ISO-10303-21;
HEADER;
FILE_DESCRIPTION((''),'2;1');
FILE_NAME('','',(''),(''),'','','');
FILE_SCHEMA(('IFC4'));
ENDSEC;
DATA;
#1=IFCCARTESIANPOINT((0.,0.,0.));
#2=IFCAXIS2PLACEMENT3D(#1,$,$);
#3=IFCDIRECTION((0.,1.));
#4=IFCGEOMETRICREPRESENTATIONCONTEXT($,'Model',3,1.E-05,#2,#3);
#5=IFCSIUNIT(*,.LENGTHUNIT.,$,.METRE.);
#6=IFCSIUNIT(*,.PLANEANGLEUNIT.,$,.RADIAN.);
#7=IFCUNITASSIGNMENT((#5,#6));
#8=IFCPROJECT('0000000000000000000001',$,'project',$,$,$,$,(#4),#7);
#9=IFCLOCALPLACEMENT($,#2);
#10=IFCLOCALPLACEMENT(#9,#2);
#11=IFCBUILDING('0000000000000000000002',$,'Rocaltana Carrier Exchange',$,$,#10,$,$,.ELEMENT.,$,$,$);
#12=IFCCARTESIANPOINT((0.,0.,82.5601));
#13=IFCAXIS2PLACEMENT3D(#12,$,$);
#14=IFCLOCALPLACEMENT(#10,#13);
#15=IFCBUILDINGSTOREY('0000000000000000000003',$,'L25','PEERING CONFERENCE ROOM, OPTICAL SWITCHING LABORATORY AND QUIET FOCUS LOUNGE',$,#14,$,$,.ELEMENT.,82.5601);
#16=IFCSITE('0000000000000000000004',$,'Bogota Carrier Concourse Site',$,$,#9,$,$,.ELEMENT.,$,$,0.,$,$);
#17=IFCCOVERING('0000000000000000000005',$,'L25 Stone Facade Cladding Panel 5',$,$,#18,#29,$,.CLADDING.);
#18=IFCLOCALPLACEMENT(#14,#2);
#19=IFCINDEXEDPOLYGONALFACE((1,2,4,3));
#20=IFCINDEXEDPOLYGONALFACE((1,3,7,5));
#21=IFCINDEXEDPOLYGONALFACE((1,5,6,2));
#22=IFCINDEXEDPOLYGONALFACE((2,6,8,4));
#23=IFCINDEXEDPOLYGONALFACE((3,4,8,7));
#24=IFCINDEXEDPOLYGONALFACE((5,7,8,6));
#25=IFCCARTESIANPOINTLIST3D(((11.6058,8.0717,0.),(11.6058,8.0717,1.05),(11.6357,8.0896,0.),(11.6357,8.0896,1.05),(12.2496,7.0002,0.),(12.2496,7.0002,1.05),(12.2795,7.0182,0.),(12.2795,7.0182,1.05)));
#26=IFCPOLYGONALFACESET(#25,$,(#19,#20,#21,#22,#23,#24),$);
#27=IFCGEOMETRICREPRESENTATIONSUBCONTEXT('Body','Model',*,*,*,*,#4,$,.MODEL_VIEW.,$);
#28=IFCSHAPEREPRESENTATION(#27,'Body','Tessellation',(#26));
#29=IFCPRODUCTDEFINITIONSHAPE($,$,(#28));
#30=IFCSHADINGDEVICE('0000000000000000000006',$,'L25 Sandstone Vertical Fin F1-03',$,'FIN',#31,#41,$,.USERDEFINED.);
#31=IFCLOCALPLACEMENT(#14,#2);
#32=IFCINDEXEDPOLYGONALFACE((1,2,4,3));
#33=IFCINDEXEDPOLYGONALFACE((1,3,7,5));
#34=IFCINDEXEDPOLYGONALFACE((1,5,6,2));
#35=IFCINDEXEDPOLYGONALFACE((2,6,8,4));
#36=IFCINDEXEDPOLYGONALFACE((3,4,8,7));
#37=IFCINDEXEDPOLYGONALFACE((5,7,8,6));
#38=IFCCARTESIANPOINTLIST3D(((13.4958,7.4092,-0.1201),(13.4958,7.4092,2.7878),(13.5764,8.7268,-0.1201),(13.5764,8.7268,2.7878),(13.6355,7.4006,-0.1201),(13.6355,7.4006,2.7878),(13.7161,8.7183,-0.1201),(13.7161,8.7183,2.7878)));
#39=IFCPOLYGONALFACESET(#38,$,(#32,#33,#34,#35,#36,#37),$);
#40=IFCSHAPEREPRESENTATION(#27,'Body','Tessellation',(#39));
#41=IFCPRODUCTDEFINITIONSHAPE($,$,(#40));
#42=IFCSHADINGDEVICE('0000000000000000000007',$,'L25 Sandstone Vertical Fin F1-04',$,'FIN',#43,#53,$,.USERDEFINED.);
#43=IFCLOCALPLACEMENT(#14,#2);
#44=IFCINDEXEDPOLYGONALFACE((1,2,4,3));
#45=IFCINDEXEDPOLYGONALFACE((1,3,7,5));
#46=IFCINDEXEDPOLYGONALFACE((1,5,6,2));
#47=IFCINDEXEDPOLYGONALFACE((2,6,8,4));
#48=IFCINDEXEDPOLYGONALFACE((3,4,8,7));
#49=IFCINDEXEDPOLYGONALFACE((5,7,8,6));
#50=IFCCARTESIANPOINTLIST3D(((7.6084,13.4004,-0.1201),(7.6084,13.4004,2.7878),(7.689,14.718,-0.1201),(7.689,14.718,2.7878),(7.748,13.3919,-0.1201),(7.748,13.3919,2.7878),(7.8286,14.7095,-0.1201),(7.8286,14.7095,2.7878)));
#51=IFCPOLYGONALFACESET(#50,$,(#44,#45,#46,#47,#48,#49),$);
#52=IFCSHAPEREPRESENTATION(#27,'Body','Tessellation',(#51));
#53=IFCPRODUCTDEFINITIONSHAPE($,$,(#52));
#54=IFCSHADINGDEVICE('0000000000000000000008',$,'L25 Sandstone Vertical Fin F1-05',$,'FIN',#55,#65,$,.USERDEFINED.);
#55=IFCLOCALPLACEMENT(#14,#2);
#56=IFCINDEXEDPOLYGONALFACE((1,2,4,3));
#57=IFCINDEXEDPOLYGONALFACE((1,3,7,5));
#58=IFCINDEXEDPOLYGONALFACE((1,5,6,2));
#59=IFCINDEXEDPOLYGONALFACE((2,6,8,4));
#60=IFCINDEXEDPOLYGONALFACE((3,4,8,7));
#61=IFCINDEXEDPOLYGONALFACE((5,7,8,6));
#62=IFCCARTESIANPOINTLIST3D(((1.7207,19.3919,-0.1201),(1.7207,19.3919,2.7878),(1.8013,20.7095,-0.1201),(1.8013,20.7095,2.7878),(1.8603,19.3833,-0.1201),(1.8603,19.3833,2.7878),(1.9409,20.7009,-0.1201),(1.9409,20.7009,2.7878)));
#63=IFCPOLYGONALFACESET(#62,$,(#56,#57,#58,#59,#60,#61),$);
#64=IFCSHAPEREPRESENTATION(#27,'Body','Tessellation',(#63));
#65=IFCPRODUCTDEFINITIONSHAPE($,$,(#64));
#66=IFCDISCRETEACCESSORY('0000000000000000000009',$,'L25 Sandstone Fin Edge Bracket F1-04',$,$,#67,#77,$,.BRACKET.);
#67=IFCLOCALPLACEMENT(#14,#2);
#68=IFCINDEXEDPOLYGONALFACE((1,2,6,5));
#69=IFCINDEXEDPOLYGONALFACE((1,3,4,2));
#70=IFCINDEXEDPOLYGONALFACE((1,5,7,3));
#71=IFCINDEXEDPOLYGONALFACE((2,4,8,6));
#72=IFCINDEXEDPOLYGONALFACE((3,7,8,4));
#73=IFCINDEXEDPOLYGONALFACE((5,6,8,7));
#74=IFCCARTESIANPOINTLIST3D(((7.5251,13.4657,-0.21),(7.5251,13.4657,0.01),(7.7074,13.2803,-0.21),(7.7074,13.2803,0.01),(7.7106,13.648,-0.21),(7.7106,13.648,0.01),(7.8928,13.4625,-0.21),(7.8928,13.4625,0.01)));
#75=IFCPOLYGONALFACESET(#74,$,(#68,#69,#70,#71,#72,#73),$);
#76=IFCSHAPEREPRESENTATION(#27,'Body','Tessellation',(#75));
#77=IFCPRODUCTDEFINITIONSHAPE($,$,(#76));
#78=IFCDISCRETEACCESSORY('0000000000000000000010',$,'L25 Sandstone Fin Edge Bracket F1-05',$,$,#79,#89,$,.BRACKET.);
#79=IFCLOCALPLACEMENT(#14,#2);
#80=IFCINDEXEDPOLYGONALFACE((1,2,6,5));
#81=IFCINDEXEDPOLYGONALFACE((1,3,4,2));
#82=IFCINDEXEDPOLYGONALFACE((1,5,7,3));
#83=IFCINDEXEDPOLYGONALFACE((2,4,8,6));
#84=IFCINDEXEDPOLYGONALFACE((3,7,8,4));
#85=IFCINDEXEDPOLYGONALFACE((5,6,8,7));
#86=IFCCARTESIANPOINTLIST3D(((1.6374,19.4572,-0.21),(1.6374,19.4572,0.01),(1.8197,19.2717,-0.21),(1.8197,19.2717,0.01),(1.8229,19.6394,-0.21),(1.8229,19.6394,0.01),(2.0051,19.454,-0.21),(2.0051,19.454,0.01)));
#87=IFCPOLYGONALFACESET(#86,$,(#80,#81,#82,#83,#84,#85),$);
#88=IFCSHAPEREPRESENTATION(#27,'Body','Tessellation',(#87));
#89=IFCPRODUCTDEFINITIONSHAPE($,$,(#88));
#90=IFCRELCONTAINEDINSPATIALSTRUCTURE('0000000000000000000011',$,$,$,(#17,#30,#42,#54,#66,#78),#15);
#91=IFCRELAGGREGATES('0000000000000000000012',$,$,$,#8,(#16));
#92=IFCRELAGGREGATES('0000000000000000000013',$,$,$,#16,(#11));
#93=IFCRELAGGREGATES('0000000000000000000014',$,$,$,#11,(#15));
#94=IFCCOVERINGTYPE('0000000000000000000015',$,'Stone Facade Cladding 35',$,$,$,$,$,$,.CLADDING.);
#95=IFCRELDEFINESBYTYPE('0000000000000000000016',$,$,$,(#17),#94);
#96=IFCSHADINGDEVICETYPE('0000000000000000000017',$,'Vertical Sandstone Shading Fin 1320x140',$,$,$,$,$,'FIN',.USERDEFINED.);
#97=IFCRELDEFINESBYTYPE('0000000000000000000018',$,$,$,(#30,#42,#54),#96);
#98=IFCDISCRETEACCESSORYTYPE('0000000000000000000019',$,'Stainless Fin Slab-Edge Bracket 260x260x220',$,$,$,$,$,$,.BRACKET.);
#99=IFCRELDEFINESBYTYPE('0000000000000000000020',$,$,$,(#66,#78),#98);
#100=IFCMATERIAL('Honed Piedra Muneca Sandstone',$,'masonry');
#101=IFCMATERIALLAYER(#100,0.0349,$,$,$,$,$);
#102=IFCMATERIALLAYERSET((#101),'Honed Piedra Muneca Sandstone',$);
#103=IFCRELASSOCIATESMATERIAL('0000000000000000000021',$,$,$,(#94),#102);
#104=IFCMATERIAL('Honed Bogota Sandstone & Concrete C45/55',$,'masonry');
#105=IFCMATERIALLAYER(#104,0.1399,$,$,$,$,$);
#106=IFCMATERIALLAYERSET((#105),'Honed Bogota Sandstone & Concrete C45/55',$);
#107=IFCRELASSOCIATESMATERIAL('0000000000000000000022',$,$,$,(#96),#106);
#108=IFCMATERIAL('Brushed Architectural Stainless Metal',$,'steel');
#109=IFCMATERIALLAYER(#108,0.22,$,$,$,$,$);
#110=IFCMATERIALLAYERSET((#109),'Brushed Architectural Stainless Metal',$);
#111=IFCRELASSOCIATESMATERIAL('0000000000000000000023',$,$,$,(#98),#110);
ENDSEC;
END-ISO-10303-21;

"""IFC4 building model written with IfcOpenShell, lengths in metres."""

from ifc_helpers import new_model, si_unit, direction, frame, origin, origin_2d, place, context, subcontext, project, spatial, rectangle, extrude, material, layer, layer_set, type_object, element, save


model = new_model("IFC4")

# Units and contexts
model_context = context("Model", 3, precision=1e-05, world=origin(), true_north=direction((0.0, 1.0)))
body_context = subcontext(model_context, "Body", "Model", "MODEL_VIEW")
ifc_project = project(units=[si_unit("LENGTHUNIT", "METRE"), si_unit("PLANEANGLEUNIT", "RADIAN")], contexts=[model_context])

# Site, building, storey
site_placement = place(None, origin())
site = spatial("IfcSite", under=ifc_project, at=site_placement, Name="Bogota Carrier Concourse Site", CompositionType="ELEMENT", RefElevation=0.0)
building_placement = place(site_placement, origin())
building = spatial("IfcBuilding", under=site, at=building_placement, Name="Rocaltana Carrier Exchange", CompositionType="ELEMENT")
storey_placement = place(building_placement, frame((0.0, 0.0, 82.5601)))
storey = spatial("IfcBuildingStorey", under=building, at=storey_placement, Name="L25", Description="PEERING CONFERENCE ROOM, OPTICAL SWITCHING LABORATORY AND QUIET FOCUS LOUNGE", CompositionType="ELEMENT", Elevation=82.5601)

# Covering
ifc_material_1 = material(Name="Honed Piedra Muneca Sandstone", Category="masonry")
ifc_layer_1 = layer(ifc_material_1, 0.0349)
ifc_layer_set_1 = layer_set([ifc_layer_1], Name="Honed Piedra Muneca Sandstone")
covering_type = type_object("IfcCoveringType", Name="Stone Facade Cladding 35", PredefinedType="CLADDING", material=ifc_layer_set_1)
covering_placement = place(storey_placement, frame((11.9426, 7.5449, 0.0), z_axis=(0.0, 0.0, 1.0), x_axis=(-0.515038, 0.857167, 0.0)))
element("IfcCovering", 1, at=covering_placement, inside=storey, type_object=covering_type, Name="L25 Stone Facade Cladding Panel 5", PredefinedType="CLADDING", context=body_context, shape_type="SweptSolid", body=[
    extrude(rectangle(XDim=1.25, YDim=0.0349, at=origin_2d()), origin(), (0.0, 0.0, 1.0), 1.05),
])

# Shading devices
ifc_material_2 = material(Name="Honed Bogota Sandstone & Concrete C45/55", Category="masonry")
ifc_layer_2 = layer(ifc_material_2, 0.1399)
ifc_layer_set_2 = layer_set([ifc_layer_2], Name="Honed Bogota Sandstone & Concrete C45/55")
shading_device_type = type_object("IfcShadingDeviceType", Name="Vertical Sandstone Shading Fin 1320x140", ElementType="FIN", PredefinedType="USERDEFINED", material=ifc_layer_set_2)
for number, where, z_axis, x_axis, name in (
    (2, (13.606, 8.0637, -0.1201), (0.0, 0.0, 1.0), (0.061049, 0.998135, 0.0), "L25 Sandstone Vertical Fin F1-03"),
    (3, (7.7185, 14.0549, -0.1201), (0.0, 0.0, 1.0), (0.061049, 0.998135, 0.0), "L25 Sandstone Vertical Fin F1-04"),
    (4, (1.8308, 20.0464, -0.1201), (0.0, 0.0, 1.0), (0.061049, 0.998135, 0.0), "L25 Sandstone Vertical Fin F1-05"),
):
    element("IfcShadingDevice", number, at=place(storey_placement, frame(where, z_axis=z_axis, x_axis=x_axis)), inside=storey, type_object=shading_device_type, Name=name, ObjectType="FIN", PredefinedType="USERDEFINED", context=body_context, shape_type="SweptSolid", body=[
        extrude(rectangle(XDim=1.3201, YDim=0.1399, at=origin_2d()), origin(), (0.0, 0.0, 1.0), 2.908),
    ])

# Discrete accessories
ifc_material_3 = material(Name="Brushed Architectural Stainless Metal", Category="steel")
ifc_layer_3 = layer(ifc_material_3, 0.22)
ifc_layer_set_3 = layer_set([ifc_layer_3], Name="Brushed Architectural Stainless Metal")
discrete_accessory_type = type_object("IfcDiscreteAccessoryType", Name="Stainless Fin Slab-Edge Bracket 260x260x220", PredefinedType="BRACKET", material=ifc_layer_set_3)
for number, where, z_axis, x_axis, name in (
    (5, (7.709, 13.4641, -0.21), (0.0, 0.0, 1.0), (-0.700909, 0.71325, 0.0), "L25 Sandstone Fin Edge Bracket F1-04"),
    (6, (1.8213, 19.4556, -0.21), (0.0, 0.0, 1.0), (-0.700909, 0.71325, 0.0), "L25 Sandstone Fin Edge Bracket F1-05"),
):
    element("IfcDiscreteAccessory", number, at=place(storey_placement, frame(where, z_axis=z_axis, x_axis=x_axis)), inside=storey, type_object=discrete_accessory_type, Name=name, PredefinedType="BRACKET", context=body_context, shape_type="SweptSolid", body=[
        extrude(rectangle(XDim=0.26, YDim=0.26, at=origin_2d()), origin(), (0.0, 0.0, 1.0), 0.22),
    ])

save(model, "model.ifc")
